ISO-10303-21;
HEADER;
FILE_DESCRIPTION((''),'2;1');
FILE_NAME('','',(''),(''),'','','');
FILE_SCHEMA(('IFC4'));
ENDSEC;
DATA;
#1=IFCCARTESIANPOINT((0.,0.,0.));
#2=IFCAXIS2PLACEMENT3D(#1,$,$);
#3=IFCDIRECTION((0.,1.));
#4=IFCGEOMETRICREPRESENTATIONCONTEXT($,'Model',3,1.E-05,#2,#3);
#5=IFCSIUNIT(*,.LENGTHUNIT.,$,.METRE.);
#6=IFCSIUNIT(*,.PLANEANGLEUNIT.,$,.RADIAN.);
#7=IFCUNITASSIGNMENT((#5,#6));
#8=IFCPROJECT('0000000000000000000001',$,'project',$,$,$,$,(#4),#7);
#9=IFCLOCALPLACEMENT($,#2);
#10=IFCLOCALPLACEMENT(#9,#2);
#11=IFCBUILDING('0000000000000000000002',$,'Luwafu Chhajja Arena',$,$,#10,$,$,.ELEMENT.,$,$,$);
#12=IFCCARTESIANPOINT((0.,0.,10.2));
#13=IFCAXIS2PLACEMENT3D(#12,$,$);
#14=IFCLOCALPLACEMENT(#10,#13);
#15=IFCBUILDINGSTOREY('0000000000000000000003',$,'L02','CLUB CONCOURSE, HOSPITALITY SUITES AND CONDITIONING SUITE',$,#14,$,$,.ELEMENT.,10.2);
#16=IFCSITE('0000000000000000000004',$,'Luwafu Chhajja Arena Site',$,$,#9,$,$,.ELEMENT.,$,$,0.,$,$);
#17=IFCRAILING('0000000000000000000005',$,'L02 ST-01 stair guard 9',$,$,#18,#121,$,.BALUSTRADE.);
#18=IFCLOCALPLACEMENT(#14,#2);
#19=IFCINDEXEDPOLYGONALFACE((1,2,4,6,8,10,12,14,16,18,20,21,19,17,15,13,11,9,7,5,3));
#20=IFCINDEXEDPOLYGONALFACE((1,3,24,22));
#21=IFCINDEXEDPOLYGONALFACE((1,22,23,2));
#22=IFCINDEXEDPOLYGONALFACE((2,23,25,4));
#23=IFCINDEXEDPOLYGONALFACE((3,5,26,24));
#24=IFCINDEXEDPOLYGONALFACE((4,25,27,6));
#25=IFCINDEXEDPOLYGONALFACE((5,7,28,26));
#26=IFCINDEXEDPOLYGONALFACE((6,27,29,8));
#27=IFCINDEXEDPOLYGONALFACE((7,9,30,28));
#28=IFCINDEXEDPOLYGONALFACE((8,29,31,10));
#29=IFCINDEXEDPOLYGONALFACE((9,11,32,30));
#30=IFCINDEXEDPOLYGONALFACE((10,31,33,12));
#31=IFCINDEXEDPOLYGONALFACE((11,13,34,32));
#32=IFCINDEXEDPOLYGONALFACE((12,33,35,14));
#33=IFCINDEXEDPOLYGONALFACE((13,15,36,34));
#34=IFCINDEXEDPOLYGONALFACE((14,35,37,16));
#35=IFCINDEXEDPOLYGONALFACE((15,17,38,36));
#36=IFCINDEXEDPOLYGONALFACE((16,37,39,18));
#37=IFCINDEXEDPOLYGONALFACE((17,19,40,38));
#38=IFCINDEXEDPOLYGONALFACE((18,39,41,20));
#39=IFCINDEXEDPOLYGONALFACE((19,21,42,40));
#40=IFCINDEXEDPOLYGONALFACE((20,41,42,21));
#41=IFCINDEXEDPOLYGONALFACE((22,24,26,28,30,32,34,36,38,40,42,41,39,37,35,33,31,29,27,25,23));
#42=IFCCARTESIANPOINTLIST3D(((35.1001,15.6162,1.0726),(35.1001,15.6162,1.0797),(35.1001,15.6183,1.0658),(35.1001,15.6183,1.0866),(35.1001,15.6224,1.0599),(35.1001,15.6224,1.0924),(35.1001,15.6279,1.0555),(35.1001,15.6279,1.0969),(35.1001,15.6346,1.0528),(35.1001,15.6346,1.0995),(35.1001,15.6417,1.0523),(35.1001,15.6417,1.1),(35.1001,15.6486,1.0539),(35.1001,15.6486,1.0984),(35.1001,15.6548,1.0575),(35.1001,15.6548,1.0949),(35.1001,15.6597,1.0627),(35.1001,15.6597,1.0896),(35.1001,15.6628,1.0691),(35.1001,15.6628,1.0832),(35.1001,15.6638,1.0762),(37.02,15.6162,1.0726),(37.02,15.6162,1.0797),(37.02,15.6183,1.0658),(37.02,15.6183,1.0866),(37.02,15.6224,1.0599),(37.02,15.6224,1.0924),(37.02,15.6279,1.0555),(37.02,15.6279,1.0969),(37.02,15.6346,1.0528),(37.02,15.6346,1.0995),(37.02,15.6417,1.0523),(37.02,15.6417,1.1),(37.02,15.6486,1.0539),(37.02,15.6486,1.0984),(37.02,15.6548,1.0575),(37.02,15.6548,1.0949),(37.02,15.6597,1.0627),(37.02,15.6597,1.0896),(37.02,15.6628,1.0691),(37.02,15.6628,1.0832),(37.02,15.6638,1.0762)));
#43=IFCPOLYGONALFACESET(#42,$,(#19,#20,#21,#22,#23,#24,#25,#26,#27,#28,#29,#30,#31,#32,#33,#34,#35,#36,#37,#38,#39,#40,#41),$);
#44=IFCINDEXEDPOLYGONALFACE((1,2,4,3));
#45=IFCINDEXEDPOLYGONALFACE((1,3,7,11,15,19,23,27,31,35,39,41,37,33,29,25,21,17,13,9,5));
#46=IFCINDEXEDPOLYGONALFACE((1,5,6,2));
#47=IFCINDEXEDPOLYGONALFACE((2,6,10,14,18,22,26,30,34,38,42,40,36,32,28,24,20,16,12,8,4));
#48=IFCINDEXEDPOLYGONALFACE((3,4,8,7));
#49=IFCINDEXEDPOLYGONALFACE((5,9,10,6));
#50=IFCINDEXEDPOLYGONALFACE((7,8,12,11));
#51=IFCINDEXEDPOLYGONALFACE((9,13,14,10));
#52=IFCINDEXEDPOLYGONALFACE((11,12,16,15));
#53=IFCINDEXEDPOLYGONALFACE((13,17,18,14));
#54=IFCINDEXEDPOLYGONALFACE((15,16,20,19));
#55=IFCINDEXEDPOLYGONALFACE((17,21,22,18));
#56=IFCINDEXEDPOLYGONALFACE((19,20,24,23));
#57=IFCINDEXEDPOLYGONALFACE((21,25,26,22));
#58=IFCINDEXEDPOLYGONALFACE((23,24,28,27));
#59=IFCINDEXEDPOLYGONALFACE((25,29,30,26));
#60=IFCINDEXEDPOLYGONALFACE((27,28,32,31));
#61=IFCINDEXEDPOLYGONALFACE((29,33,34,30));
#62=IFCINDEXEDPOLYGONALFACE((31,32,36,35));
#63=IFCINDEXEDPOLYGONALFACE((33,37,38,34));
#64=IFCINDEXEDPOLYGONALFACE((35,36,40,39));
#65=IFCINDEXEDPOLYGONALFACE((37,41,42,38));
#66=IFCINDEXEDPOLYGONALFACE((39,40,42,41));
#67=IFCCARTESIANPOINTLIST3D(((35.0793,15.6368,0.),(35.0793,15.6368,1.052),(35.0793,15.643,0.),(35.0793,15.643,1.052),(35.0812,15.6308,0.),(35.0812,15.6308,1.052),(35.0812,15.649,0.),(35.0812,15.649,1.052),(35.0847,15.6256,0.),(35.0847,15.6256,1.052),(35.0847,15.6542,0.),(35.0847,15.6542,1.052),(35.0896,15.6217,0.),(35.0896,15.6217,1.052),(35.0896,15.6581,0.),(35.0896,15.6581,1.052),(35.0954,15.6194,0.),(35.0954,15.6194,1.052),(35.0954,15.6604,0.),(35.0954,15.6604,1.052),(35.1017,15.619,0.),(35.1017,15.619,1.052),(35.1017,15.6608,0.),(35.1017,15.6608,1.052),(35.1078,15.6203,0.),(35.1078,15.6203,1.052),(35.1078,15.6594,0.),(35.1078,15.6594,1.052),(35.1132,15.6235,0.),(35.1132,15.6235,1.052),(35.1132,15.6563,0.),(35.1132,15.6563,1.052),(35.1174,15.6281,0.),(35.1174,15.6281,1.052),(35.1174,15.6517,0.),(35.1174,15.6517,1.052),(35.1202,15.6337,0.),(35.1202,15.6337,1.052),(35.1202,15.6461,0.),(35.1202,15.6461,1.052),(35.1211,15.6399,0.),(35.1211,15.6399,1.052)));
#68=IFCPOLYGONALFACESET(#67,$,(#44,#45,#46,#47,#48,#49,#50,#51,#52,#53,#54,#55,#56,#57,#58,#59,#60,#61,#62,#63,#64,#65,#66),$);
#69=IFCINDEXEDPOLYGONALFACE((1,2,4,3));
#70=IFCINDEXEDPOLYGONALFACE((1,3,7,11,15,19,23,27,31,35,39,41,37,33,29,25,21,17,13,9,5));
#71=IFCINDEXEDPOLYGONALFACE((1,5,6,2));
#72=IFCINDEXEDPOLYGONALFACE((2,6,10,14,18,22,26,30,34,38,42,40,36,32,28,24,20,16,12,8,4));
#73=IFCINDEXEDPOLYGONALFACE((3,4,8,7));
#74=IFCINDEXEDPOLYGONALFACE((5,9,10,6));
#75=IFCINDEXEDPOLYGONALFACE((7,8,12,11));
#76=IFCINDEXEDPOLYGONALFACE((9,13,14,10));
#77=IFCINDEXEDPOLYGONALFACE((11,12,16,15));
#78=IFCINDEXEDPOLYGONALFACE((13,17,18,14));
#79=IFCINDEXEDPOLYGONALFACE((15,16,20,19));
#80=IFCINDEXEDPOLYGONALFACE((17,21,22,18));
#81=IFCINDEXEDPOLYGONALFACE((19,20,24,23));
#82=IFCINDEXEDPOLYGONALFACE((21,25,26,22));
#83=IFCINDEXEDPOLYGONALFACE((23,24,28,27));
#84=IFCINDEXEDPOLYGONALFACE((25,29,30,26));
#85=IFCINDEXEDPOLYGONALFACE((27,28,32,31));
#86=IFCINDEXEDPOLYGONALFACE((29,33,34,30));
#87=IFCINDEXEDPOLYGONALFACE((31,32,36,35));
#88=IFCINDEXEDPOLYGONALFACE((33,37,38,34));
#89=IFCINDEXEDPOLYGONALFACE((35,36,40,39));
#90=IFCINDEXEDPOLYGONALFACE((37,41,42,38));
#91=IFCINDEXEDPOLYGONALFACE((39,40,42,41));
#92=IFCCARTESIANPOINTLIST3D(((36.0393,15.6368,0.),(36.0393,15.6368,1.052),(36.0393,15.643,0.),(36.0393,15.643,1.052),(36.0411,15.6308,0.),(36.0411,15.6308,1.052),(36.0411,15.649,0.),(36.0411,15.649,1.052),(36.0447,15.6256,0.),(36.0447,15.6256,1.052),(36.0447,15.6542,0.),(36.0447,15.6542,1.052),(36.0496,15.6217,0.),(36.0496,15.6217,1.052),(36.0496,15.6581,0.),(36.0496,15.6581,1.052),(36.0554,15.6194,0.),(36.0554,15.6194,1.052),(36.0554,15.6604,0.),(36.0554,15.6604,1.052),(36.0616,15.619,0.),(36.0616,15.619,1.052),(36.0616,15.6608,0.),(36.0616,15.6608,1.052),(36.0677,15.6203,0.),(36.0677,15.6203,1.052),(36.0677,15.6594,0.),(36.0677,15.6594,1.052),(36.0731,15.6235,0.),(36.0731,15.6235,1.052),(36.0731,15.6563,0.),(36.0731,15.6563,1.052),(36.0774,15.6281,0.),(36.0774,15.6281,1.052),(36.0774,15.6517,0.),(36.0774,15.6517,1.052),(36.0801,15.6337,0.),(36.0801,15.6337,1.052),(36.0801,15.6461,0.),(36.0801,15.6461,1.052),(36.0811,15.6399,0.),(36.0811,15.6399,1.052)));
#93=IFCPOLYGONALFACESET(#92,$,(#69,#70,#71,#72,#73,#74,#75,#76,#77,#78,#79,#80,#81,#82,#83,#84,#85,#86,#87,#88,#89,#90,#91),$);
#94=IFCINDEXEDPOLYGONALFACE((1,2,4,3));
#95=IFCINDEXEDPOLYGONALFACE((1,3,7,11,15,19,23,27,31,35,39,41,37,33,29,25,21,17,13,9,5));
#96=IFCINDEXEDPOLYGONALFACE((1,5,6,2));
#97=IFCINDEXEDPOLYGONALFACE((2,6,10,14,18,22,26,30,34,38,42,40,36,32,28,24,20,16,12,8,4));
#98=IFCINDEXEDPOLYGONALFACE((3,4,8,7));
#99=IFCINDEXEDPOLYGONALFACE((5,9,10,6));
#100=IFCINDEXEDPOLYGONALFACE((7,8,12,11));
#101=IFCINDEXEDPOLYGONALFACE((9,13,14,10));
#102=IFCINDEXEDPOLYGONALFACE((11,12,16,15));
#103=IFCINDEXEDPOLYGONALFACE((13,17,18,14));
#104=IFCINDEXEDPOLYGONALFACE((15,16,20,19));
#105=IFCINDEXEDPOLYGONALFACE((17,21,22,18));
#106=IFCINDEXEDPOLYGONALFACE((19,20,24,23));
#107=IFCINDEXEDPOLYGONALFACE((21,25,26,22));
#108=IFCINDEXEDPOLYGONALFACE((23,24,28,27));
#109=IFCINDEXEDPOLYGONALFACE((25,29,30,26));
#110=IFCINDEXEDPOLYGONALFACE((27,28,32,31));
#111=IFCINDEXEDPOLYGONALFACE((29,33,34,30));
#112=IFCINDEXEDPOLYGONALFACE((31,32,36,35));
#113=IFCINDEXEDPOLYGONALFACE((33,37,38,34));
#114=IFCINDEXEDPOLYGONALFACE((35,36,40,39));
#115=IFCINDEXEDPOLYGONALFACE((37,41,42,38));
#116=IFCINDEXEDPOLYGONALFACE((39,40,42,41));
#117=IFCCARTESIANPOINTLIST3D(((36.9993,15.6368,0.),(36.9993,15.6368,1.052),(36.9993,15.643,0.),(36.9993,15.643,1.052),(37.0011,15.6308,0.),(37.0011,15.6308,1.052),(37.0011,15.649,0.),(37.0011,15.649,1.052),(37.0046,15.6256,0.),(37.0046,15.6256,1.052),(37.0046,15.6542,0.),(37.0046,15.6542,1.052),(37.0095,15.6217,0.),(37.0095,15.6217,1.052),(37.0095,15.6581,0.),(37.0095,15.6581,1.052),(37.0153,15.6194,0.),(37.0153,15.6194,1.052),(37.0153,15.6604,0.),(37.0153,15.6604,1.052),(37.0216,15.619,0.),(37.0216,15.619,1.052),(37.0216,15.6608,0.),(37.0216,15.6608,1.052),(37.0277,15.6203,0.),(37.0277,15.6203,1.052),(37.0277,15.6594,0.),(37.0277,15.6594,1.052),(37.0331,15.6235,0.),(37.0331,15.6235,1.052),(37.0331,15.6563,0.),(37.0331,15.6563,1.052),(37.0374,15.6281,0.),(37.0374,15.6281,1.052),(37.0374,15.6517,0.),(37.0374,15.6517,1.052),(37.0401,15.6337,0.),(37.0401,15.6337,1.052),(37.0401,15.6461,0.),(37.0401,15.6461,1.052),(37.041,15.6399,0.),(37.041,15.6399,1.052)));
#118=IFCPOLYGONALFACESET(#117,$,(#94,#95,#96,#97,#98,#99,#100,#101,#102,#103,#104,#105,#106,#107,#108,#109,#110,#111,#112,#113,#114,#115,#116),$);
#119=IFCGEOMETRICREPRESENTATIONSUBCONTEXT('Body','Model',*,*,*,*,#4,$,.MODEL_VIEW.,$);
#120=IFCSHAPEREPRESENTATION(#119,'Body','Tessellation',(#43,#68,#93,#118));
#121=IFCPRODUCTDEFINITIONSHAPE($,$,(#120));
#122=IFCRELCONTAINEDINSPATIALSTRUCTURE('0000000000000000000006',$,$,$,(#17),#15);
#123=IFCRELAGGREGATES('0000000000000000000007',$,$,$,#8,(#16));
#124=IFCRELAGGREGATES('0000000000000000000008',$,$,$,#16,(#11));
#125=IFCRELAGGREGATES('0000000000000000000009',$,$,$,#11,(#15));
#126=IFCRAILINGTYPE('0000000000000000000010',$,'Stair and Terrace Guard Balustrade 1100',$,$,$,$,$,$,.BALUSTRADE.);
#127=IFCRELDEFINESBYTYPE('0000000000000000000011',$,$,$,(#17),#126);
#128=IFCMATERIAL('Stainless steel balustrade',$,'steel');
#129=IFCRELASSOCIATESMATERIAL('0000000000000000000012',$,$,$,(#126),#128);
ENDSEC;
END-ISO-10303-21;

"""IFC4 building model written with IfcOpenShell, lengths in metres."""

from ifc_helpers import new_model, si_unit, direction, frame, origin, origin_2d, place, context, subcontext, project, spatial, circle, extrude, material, type_object, element, save


model = new_model("IFC4")

# Units and contexts
model_context = context("Model", 3, precision=1e-05, world=origin(), true_north=direction((0.0, 1.0)))
body_context = subcontext(model_context, "Body", "Model", "MODEL_VIEW")
ifc_project = project(units=[si_unit("LENGTHUNIT", "METRE"), si_unit("PLANEANGLEUNIT", "RADIAN")], contexts=[model_context])

# Site, building, storey
site_placement = place(None, origin())
site = spatial("IfcSite", under=ifc_project, at=site_placement, Name="Luwafu Chhajja Arena Site", CompositionType="ELEMENT", RefElevation=0.0)
building_placement = place(site_placement, origin())
building = spatial("IfcBuilding", under=site, at=building_placement, Name="Luwafu Chhajja Arena", CompositionType="ELEMENT")
storey_placement = place(building_placement, frame((0.0, 0.0, 10.2)))
storey = spatial("IfcBuildingStorey", under=building, at=storey_placement, Name="L02", Description="CLUB CONCOURSE, HOSPITALITY SUITES AND CONDITIONING SUITE", CompositionType="ELEMENT", Elevation=10.2)

# Railing
ifc_material_1 = material(Name="Stainless steel balustrade", Category="steel")
railing_type = type_object("IfcRailingType", Name="Stair and Terrace Guard Balustrade 1100", PredefinedType="BALUSTRADE", material=ifc_material_1)
railing_1_placement = place(storey_placement, frame((35.1001, 15.6399, 0.0)))
element("IfcRailing", 1, at=railing_1_placement, inside=storey, type_object=railing_type, Name="L02 ST-01 stair guard 9", PredefinedType="BALUSTRADE", context=body_context, shape_type="SweptSolid", body=[
    extrude(circle(Radius=0.0239, at=origin_2d()), frame((0.0, 0.0, 1.0762), z_axis=(1.0, 0.0, 0.0), x_axis=(0.0, 1.0, 0.0)), (0.0, 0.0, 1.0), 1.9199),
    extrude(circle(Radius=0.021, at=origin_2d()), origin(), (0.0, 0.0, 1.0), 1.052),
    extrude(circle(Radius=0.021, at=origin_2d()), frame((0.96, 0.0, 0.0)), (0.0, 0.0, 1.0), 1.052),
    extrude(circle(Radius=0.021, at=origin_2d()), frame((1.9199, 0.0, 0.0)), (0.0, 0.0, 1.0), 1.052),
])

save(model, "model.ifc")
